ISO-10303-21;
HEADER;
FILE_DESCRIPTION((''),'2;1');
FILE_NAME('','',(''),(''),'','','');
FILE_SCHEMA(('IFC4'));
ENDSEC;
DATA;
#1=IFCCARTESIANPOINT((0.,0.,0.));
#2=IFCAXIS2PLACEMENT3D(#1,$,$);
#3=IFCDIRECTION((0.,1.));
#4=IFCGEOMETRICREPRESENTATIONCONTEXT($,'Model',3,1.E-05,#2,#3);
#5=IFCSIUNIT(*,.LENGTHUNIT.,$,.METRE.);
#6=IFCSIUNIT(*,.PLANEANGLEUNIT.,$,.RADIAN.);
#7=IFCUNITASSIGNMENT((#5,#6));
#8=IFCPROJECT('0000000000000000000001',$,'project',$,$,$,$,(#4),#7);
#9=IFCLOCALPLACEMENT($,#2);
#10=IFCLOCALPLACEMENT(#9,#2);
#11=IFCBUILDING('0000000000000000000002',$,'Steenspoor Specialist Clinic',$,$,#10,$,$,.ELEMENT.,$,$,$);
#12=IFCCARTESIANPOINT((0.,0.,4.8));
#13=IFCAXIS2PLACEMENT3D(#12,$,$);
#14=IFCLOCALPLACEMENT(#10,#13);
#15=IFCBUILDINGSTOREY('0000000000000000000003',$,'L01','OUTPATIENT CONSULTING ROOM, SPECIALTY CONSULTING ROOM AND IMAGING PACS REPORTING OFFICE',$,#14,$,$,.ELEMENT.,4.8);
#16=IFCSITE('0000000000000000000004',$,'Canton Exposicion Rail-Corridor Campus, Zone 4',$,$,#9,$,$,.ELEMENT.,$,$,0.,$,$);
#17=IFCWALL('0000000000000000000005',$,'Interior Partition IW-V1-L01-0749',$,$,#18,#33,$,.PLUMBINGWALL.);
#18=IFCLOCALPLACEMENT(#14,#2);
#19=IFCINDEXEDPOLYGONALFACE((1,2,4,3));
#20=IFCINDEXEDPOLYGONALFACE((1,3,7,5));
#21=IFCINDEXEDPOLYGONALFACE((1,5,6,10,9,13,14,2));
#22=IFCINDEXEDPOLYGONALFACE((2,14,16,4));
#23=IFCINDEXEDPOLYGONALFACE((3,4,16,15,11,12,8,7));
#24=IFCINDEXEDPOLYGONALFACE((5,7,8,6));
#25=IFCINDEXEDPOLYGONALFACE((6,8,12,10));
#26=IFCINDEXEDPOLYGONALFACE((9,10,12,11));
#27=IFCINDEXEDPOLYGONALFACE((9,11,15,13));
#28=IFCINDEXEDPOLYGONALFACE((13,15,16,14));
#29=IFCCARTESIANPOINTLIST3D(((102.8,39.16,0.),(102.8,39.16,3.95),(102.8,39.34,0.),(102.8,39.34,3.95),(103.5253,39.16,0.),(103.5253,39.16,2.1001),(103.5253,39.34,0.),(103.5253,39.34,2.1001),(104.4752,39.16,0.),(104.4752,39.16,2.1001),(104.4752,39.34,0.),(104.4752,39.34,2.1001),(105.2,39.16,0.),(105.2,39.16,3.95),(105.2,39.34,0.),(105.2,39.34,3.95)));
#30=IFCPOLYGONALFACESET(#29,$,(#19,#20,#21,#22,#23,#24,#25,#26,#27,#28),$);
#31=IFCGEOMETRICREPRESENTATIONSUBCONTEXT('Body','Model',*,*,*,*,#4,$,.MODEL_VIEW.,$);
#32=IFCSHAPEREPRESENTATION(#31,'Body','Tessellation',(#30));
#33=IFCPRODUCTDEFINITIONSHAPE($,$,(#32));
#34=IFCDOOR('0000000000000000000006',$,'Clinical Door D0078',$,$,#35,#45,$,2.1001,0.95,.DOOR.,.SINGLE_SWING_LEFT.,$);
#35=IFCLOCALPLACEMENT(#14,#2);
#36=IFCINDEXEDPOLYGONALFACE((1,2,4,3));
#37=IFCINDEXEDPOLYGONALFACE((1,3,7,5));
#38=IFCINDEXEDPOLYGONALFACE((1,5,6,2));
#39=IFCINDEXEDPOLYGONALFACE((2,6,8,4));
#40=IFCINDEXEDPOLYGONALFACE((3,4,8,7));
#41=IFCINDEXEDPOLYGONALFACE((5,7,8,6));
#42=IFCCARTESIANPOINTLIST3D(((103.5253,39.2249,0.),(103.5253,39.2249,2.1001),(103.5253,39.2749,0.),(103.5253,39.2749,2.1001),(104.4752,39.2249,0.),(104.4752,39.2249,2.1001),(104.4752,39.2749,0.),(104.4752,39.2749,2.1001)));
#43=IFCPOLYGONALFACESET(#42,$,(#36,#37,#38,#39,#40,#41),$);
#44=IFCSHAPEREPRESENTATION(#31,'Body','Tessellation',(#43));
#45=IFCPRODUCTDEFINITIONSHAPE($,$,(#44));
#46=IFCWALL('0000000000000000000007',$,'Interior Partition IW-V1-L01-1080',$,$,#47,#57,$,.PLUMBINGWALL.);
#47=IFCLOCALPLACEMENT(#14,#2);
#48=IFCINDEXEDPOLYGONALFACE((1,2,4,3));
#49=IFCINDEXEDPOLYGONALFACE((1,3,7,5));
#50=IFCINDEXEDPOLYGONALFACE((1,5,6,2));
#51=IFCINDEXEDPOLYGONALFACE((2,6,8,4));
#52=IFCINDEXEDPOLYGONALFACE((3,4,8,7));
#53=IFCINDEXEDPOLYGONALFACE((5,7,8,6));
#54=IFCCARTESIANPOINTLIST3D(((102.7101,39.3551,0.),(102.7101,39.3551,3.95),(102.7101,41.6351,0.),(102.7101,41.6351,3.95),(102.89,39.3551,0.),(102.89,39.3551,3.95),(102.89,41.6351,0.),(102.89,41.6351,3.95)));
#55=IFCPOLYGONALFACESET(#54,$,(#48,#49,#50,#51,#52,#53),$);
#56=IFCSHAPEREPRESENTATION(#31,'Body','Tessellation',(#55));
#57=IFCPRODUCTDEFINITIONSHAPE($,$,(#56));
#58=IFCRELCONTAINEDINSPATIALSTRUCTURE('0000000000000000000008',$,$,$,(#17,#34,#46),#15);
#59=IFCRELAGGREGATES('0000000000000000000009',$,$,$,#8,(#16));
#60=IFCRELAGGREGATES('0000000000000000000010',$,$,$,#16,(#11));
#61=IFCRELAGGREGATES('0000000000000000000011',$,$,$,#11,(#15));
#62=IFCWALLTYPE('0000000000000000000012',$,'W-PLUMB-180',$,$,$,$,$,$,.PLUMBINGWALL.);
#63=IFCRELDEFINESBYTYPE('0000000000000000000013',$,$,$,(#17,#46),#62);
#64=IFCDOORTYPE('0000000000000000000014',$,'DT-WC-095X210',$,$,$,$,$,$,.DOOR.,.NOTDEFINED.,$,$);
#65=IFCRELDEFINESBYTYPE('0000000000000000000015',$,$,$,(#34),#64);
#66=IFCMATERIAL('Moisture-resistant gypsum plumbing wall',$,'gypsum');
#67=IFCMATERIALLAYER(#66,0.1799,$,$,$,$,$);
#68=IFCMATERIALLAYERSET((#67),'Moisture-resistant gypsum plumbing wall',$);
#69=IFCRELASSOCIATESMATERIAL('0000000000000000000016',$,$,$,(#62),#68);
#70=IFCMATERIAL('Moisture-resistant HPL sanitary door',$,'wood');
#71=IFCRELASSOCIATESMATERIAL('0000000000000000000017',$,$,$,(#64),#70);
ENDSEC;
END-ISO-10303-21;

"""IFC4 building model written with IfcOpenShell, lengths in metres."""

from ifc_helpers import new_model, si_unit, direction, frame, frame_2d, origin, place, context, subcontext, project, spatial, rectangle, extrude, material, layer, layer_set, type_object, element, fill, save


model = new_model("IFC4")

# Units and contexts
model_context = context("Model", 3, precision=1e-05, world=origin(), true_north=direction((0.0, 1.0)))
body_context = subcontext(model_context, "Body", "Model", "MODEL_VIEW")
ifc_project = project(units=[si_unit("LENGTHUNIT", "METRE"), si_unit("PLANEANGLEUNIT", "RADIAN")], contexts=[model_context])

# Site, building, storey
site_placement = place(None, origin())
site = spatial("IfcSite", under=ifc_project, at=site_placement, Name="Canton Exposicion Rail-Corridor Campus, Zone 4", CompositionType="ELEMENT", RefElevation=0.0)
building_placement = place(site_placement, origin())
building = spatial("IfcBuilding", under=site, at=building_placement, Name="Steenspoor Specialist Clinic", CompositionType="ELEMENT")
storey_placement = place(building_placement, frame((0.0, 0.0, 4.8)))
storey = spatial("IfcBuildingStorey", under=building, at=storey_placement, Name="L01", Description="OUTPATIENT CONSULTING ROOM, SPECIALTY CONSULTING ROOM AND IMAGING PACS REPORTING OFFICE", CompositionType="ELEMENT", Elevation=4.8)

# Shared definitions
ifc_material_1 = material(Name="Moisture-resistant gypsum plumbing wall", Category="gypsum")
ifc_layer_1 = layer(ifc_material_1, 0.1799)
ifc_layer_set_1 = layer_set([ifc_layer_1], Name="Moisture-resistant gypsum plumbing wall")
wall_type_1 = type_object("IfcWallType", Name="W-PLUMB-180", PredefinedType="PLUMBINGWALL", material=ifc_layer_set_1)

# Wall, opening, door
wall_1_placement = place(storey_placement, frame((102.8, 39.25, 0.0), z_axis=(0.0, 0.0, 1.0), x_axis=(1.0, 0.0, 0.0)))
wall_1 = element("IfcWall", 1, at=wall_1_placement, inside=storey, type_object=wall_type_1, Name="Interior Partition IW-V1-L01-0749", PredefinedType="PLUMBINGWALL", context=body_context, shape_type="SweptSolid", body=[
    extrude(rectangle(XDim=2.3999, YDim=0.1799, at=frame_2d((1.2, 0.0))), origin(), (0.0, 0.0, 1.0), 3.95),
])
opening_1_placement = place(wall_1_placement, frame((0.7251, 0.0, 0.0)))
opening_1 = element("IfcOpeningElement", 2, at=opening_1_placement, cuts=wall_1, PredefinedType="OPENING", context=body_context, shape_type="SweptSolid", body=[
    extrude(rectangle(XDim=0.95, YDim=2.1001, at=frame_2d((0.4751, 1.05))), frame((0.0, 0.1001, 0.0), z_axis=(0.0, -1.0, 0.0), x_axis=(1.0, 0.0, 0.0)), (0.0, 0.0, 1.0), 0.2),
])
ifc_material_2 = material(Name="Moisture-resistant HPL sanitary door", Category="wood")
door_type_1 = type_object("IfcDoorType", Name="DT-WC-095X210", OperationType="NOTDEFINED", PredefinedType="DOOR", material=ifc_material_2)
door_1_placement = place(opening_1_placement, origin())
door_1 = element("IfcDoor", 3, at=door_1_placement, inside=storey, type_object=door_type_1, Name="Clinical Door D0078", OperationType="SINGLE_SWING_LEFT", OverallHeight=2.1001, OverallWidth=0.95, PredefinedType="DOOR", context=body_context, shape_type="SweptSolid", body=[
    extrude(rectangle(XDim=0.95, YDim=2.1001, at=frame_2d((0.4751, 1.05))), frame((0.0, 0.0249, 0.0), z_axis=(0.0, -1.0, 0.0), x_axis=(1.0, 0.0, 0.0)), (0.0, 0.0, 1.0), 0.05),
])
fill(opening_1, door_1)

# Wall
wall_2_placement = place(storey_placement, frame((102.8, 39.355, 0.0), z_axis=(0.0, 0.0, 1.0), x_axis=(0.0, 1.0, 0.0)))
element("IfcWall", 4, at=wall_2_placement, inside=storey, type_object=wall_type_1, Name="Interior Partition IW-V1-L01-1080", PredefinedType="PLUMBINGWALL", context=body_context, shape_type="SweptSolid", body=[
    extrude(rectangle(XDim=2.28, YDim=0.1799, at=frame_2d((1.1401, 0.0))), origin(), (0.0, 0.0, 1.0), 3.95),
])

save(model, "model.ifc")
